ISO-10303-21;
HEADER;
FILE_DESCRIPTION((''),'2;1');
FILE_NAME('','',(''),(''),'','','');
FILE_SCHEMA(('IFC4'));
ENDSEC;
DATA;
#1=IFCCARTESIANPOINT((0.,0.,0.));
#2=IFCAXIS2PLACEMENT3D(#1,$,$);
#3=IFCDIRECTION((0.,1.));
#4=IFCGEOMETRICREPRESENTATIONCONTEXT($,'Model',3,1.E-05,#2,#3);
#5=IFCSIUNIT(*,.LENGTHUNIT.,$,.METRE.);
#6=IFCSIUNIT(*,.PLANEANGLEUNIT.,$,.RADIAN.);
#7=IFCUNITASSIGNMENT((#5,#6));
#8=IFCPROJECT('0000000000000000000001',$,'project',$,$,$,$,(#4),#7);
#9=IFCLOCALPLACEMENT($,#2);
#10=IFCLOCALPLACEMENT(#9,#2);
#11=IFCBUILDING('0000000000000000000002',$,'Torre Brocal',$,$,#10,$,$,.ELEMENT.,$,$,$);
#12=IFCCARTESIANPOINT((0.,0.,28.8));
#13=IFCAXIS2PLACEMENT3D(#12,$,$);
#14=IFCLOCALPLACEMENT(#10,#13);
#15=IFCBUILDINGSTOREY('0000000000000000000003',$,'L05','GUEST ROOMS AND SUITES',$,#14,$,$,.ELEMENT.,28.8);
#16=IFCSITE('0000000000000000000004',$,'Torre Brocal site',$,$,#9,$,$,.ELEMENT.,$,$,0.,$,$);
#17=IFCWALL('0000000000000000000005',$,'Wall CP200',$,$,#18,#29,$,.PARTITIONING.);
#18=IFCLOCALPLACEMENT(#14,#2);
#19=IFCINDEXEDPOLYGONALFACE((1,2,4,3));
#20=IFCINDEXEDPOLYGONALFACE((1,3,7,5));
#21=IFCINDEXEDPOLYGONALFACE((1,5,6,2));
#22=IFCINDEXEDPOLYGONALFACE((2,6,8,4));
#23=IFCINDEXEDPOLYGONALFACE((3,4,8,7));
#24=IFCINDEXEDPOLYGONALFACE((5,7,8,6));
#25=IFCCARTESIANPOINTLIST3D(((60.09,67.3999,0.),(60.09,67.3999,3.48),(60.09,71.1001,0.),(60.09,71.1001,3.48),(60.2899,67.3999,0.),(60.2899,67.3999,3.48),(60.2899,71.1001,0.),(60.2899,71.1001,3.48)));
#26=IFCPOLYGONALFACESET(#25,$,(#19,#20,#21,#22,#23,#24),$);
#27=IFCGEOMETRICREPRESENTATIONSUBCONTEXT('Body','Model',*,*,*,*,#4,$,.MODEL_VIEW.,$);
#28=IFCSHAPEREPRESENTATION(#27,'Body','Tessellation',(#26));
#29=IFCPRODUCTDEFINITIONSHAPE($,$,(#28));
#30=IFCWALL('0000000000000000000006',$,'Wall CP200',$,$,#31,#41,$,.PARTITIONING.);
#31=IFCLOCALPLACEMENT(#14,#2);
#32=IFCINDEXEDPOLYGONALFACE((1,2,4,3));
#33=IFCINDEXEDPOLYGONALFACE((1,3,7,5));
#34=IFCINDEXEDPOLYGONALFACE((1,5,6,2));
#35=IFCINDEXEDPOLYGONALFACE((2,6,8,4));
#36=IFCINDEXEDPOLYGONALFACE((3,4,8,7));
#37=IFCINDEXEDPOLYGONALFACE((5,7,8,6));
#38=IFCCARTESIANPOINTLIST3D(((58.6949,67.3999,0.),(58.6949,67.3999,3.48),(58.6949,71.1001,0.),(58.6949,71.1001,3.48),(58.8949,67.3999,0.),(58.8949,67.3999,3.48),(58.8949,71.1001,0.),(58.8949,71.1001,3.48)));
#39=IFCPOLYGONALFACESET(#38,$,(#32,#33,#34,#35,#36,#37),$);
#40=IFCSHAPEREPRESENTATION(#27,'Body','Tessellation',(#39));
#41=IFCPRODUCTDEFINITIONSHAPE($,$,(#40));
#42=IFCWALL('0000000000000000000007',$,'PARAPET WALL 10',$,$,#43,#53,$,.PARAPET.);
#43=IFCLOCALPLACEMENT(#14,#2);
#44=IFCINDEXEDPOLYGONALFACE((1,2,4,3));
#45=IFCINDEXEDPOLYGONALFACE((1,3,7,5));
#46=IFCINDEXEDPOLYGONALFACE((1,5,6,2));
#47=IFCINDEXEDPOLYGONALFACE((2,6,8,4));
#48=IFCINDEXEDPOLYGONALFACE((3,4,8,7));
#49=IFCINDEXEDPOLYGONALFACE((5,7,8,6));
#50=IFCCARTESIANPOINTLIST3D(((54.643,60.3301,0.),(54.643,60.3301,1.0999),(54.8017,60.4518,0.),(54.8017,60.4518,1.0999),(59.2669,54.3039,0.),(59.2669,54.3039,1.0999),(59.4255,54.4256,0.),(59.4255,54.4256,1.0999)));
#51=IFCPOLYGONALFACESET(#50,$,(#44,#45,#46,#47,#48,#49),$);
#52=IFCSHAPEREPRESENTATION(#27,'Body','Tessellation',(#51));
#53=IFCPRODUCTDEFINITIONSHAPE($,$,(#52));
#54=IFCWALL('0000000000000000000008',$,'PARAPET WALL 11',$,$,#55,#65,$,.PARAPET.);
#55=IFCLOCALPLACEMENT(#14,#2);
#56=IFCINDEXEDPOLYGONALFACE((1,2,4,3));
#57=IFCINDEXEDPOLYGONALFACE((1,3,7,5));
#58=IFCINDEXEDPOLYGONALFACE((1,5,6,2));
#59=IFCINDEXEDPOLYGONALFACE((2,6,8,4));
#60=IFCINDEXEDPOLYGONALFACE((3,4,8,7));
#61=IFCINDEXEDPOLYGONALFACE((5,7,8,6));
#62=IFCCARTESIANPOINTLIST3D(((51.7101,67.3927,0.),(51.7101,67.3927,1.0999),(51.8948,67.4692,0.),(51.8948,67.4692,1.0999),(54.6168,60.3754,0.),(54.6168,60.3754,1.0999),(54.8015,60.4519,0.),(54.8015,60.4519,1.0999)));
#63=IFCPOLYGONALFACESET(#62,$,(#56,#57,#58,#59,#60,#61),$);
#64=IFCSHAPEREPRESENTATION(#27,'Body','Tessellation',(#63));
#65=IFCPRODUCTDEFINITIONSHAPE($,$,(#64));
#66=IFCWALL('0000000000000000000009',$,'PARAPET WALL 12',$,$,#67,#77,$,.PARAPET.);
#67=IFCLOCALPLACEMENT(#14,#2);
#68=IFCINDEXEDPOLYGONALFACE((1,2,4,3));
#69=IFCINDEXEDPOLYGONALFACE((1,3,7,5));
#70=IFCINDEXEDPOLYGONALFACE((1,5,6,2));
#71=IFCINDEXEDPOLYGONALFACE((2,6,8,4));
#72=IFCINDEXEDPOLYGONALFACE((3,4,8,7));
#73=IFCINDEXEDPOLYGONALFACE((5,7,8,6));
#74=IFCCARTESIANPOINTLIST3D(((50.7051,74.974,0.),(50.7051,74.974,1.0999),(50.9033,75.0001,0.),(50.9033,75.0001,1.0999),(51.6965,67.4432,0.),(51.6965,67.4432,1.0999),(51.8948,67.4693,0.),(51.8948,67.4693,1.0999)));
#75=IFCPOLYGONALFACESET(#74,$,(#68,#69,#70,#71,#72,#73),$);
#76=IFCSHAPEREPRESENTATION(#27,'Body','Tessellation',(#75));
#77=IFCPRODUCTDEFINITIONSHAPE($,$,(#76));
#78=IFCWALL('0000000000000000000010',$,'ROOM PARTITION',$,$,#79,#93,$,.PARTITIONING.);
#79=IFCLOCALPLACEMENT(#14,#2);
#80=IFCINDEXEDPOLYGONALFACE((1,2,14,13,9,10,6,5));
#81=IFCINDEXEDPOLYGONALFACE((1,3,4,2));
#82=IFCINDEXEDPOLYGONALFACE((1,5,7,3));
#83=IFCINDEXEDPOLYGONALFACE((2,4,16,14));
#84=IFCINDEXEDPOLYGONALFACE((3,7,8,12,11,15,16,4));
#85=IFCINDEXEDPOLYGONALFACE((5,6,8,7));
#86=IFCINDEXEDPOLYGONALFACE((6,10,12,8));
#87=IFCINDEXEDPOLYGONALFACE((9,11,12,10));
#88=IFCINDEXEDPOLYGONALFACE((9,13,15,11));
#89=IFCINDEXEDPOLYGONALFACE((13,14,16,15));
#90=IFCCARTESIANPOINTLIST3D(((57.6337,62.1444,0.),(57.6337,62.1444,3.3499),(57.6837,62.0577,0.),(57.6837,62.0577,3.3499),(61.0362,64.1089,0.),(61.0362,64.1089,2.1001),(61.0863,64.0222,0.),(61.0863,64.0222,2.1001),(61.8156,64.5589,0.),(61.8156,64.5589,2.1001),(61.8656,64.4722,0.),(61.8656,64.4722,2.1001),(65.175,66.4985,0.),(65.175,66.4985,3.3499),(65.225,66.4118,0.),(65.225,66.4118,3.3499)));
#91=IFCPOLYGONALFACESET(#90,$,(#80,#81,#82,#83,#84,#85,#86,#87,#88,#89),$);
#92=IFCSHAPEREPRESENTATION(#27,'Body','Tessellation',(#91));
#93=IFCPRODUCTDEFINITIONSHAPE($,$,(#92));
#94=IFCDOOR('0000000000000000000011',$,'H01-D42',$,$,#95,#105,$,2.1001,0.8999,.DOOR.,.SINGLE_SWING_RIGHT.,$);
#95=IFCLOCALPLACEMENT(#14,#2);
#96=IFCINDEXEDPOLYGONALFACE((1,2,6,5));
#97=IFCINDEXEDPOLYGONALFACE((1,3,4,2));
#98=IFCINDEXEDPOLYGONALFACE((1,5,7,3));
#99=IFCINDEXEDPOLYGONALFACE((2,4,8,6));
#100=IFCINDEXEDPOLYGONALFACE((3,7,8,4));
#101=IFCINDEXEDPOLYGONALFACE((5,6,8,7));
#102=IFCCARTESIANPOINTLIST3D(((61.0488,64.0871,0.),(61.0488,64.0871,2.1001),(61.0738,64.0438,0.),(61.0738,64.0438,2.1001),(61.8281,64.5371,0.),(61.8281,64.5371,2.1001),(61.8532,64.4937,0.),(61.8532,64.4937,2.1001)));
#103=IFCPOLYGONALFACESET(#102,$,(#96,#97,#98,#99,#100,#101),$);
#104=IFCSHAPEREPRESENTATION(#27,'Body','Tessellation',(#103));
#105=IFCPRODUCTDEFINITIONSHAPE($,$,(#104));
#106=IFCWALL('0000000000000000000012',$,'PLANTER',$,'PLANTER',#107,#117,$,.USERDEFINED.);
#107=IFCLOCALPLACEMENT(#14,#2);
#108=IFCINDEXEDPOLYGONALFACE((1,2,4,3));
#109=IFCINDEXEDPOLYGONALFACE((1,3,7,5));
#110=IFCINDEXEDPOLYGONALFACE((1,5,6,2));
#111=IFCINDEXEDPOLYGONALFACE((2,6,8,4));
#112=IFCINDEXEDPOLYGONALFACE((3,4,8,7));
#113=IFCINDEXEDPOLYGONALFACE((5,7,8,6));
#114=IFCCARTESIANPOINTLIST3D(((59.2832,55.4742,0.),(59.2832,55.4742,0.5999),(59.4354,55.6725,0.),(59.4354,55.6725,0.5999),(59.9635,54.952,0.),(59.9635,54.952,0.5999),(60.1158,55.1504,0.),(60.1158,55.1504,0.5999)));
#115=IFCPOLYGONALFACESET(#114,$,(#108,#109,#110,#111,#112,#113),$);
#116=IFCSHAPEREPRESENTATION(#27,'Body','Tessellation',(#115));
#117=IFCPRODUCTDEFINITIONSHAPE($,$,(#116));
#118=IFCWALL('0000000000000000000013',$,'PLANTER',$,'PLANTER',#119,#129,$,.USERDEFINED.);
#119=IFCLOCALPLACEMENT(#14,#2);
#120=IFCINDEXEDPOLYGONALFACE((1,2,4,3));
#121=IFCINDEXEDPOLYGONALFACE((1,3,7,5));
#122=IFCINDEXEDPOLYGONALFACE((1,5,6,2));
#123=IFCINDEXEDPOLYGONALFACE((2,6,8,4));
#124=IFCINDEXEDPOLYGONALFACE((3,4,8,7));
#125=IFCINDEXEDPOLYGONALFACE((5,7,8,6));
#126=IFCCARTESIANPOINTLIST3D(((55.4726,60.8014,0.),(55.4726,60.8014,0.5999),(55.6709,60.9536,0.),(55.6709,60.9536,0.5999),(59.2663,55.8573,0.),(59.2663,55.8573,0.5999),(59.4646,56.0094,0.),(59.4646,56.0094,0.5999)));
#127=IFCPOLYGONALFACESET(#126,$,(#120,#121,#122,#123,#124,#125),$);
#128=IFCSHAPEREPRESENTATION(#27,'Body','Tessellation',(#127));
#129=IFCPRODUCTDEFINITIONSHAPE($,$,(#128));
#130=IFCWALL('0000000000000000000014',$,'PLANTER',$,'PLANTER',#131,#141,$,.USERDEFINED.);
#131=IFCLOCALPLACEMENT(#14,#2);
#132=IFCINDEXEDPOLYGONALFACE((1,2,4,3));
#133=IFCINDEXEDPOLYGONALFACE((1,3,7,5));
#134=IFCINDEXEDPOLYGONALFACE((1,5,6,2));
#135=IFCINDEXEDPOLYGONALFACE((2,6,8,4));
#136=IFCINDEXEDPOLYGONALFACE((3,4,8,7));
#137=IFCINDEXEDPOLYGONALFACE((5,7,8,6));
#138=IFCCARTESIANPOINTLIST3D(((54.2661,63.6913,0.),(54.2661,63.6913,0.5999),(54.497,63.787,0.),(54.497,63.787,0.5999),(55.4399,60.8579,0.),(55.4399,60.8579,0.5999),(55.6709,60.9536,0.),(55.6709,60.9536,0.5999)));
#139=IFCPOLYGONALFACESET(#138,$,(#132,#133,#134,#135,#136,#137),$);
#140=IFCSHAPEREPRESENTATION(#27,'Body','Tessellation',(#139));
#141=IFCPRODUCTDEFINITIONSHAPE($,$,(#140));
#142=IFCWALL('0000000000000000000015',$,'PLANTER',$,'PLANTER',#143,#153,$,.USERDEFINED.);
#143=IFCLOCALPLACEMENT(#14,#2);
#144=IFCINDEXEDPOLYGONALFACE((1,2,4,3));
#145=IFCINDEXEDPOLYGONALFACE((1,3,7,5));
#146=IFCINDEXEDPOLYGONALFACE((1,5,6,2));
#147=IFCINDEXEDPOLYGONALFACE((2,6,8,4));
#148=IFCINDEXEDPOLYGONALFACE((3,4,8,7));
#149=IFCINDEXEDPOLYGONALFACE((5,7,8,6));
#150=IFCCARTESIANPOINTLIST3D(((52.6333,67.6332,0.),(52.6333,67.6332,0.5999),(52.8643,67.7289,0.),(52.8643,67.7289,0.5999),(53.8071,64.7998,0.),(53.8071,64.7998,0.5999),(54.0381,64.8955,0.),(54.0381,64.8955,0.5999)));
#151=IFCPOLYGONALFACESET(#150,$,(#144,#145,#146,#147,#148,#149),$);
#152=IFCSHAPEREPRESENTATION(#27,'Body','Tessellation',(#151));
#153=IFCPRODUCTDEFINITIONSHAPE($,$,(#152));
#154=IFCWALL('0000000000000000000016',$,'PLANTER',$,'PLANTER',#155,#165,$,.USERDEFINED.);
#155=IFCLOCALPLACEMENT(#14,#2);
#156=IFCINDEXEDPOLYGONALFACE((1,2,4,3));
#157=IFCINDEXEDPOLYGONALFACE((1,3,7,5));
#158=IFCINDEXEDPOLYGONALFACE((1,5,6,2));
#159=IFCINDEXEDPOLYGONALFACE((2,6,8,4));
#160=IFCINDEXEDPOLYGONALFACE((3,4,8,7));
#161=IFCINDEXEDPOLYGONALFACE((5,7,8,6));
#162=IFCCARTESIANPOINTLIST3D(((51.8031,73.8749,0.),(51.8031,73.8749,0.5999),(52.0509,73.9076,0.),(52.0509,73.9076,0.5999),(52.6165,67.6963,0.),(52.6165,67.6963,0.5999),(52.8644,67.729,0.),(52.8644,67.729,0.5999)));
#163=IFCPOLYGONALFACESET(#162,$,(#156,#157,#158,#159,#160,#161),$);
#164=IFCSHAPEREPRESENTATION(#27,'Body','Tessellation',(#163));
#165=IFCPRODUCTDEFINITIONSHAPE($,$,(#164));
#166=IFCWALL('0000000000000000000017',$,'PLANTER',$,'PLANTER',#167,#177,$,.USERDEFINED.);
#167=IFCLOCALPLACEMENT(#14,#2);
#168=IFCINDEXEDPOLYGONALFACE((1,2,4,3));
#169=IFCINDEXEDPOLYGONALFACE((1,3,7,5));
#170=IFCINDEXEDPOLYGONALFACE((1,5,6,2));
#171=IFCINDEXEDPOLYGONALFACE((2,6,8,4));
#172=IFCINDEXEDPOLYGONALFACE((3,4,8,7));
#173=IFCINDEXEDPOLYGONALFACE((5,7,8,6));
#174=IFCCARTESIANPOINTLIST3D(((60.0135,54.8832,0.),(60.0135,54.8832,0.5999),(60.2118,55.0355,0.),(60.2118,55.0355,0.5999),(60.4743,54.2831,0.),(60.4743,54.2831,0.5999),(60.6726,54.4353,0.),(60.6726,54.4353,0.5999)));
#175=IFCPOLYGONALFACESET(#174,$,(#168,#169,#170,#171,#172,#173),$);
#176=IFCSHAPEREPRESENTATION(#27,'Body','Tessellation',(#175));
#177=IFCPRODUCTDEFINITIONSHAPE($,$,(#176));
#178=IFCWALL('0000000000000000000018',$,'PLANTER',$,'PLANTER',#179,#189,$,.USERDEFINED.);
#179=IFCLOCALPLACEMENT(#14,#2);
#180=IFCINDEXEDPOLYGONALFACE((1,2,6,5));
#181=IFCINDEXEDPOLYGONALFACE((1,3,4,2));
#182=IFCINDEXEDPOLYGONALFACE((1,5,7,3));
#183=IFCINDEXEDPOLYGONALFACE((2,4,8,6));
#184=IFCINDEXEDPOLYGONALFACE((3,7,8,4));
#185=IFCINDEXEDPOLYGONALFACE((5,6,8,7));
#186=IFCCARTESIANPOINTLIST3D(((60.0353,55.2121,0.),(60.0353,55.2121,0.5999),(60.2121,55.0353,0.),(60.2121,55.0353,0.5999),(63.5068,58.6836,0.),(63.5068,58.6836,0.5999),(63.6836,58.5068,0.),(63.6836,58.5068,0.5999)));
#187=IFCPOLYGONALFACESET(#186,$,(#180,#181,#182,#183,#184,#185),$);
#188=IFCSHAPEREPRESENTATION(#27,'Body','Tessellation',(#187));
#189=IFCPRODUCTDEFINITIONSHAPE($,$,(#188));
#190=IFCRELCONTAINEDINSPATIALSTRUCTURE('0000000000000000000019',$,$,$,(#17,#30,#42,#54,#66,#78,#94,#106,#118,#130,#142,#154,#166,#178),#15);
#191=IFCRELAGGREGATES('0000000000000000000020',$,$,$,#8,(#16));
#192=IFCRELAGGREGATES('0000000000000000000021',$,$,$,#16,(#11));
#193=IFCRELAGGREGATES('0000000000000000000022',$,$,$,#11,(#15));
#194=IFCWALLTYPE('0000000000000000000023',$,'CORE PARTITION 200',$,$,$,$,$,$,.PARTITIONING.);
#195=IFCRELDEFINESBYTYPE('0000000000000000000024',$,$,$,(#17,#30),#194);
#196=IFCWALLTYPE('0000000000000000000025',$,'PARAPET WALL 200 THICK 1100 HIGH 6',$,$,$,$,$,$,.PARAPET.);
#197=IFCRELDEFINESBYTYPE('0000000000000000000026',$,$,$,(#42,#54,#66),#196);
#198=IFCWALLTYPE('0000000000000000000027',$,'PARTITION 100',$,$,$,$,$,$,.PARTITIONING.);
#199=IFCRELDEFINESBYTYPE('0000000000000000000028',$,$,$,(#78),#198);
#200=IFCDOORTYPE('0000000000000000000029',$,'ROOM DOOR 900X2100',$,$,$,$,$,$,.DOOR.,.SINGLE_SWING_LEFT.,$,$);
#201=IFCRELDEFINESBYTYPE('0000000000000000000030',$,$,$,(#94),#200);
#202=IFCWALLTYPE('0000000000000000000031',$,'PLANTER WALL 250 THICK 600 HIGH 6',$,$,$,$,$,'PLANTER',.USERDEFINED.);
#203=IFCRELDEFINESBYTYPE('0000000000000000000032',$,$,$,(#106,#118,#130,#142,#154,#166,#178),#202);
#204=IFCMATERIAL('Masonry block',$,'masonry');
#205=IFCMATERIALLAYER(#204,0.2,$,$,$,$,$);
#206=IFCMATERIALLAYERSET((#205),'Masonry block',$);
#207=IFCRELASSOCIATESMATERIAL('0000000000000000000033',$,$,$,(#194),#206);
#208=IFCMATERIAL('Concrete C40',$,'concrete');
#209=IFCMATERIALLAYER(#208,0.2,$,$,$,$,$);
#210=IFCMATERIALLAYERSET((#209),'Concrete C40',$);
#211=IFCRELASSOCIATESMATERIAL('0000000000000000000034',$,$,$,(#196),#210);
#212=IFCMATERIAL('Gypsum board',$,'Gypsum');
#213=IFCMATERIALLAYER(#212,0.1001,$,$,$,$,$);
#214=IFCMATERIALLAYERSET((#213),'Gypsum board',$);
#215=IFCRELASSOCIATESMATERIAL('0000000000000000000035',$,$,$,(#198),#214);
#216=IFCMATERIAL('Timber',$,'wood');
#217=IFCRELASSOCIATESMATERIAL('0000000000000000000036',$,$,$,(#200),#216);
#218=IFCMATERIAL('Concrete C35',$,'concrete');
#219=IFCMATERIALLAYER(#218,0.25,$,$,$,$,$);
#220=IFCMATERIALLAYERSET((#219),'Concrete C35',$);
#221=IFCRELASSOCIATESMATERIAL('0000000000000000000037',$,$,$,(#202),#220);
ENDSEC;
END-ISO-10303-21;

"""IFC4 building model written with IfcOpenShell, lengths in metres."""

from ifc_helpers import new_model, si_unit, direction, frame, frame_2d, origin, place, context, subcontext, project, spatial, rectangle, extrude, material, layer, layer_set, type_object, element, fill, save


model = new_model("IFC4")

# Units and contexts
model_context = context("Model", 3, precision=1e-05, world=origin(), true_north=direction((0.0, 1.0)))
body_context = subcontext(model_context, "Body", "Model", "MODEL_VIEW")
ifc_project = project(units=[si_unit("LENGTHUNIT", "METRE"), si_unit("PLANEANGLEUNIT", "RADIAN")], contexts=[model_context])

# Site, building, storey
site_placement = place(None, origin())
site = spatial("IfcSite", under=ifc_project, at=site_placement, Name="Torre Brocal site", CompositionType="ELEMENT", RefElevation=0.0)
building_placement = place(site_placement, origin())
building = spatial("IfcBuilding", under=site, at=building_placement, Name="Torre Brocal", CompositionType="ELEMENT")
storey_placement = place(building_placement, frame((0.0, 0.0, 28.8)))
storey = spatial("IfcBuildingStorey", under=building, at=storey_placement, Name="L05", Description="GUEST ROOMS AND SUITES", CompositionType="ELEMENT", Elevation=28.8)

# Walls
ifc_material_1 = material(Name="Masonry block", Category="masonry")
ifc_layer_1 = layer(ifc_material_1, 0.2)
ifc_layer_set_1 = layer_set([ifc_layer_1], Name="Masonry block")
wall_type_1 = type_object("IfcWallType", Name="CORE PARTITION 200", PredefinedType="PARTITIONING", material=ifc_layer_set_1)
for number, where, z_axis, x_axis, name in (
    (1, (60.1899, 71.1001, 0.0), (0.0, 0.0, 1.0), (0.0, -1.0, 0.0), "Wall CP200"),
    (2, (58.7949, 71.1001, 0.0), (0.0, 0.0, 1.0), (0.0, -1.0, 0.0), "Wall CP200"),
):
    element("IfcWall", number, at=place(storey_placement, frame(where, z_axis=z_axis, x_axis=x_axis)), inside=storey, type_object=wall_type_1, Name=name, PredefinedType="PARTITIONING", context=body_context, shape_type="SweptSolid", body=[
        extrude(rectangle(XDim=3.7002, YDim=0.2, at=frame_2d((1.8501, 0.0))), origin(), (0.0, 0.0, 1.0), 3.48),
    ])

# Walls
ifc_material_2 = material(Name="Concrete C40", Category="concrete")
ifc_layer_2 = layer(ifc_material_2, 0.2)
ifc_layer_set_2 = layer_set([ifc_layer_2], Name="Concrete C40")
wall_type_2 = type_object("IfcWallType", Name="PARAPET WALL 200 THICK 1100 HIGH 6", PredefinedType="PARAPET", material=ifc_layer_set_2)
wall_1_placement = place(storey_placement, frame((59.3462, 54.3647, 0.0), z_axis=(0.0, 0.0, 1.0), x_axis=(-0.608743, 0.793368, 0.0)))
element("IfcWall", 3, at=wall_1_placement, inside=storey, type_object=wall_type_2, Name="PARAPET WALL 10", PredefinedType="PARAPET", context=body_context, shape_type="SweptSolid", body=[
    extrude(rectangle(XDim=7.5957, YDim=0.2, at=frame_2d((3.7979, 0.0))), origin(), (0.0, 0.0, 1.0), 1.0999),
])
wall_2_placement = place(storey_placement, frame((54.7092, 60.4136, 0.0), z_axis=(0.0, 0.0, 1.0), x_axis=(-0.382691, 0.923877, 0.0)))
element("IfcWall", 4, at=wall_2_placement, inside=storey, type_object=wall_type_2, Name="PARAPET WALL 11", PredefinedType="PARAPET", context=body_context, shape_type="SweptSolid", body=[
    extrude(rectangle(XDim=7.5955, YDim=0.2, at=frame_2d((3.7979, 0.0))), origin(), (0.0, 0.0, 1.0), 1.0999),
])
wall_3_placement = place(storey_placement, frame((51.7957, 67.4563, 0.0), z_axis=(0.0, 0.0, 1.0), x_axis=(-0.130528, 0.991445, 0.0)))
element("IfcWall", 5, at=wall_3_placement, inside=storey, type_object=wall_type_2, Name="PARAPET WALL 12", PredefinedType="PARAPET", context=body_context, shape_type="SweptSolid", body=[
    extrude(rectangle(XDim=7.5957, YDim=0.2, at=frame_2d((3.7979, 0.0))), origin(), (0.0, 0.0, 1.0), 1.0999),
])

# Wall, opening, door
ifc_material_3 = material(Name="Gypsum board", Category="Gypsum")
ifc_layer_3 = layer(ifc_material_3, 0.1001)
ifc_layer_set_3 = layer_set([ifc_layer_3], Name="Gypsum board")
wall_type_3 = type_object("IfcWallType", Name="PARTITION 100", PredefinedType="PARTITIONING", material=ifc_layer_set_3)
wall_4_placement = place(storey_placement, frame((57.6587, 62.1011, 0.0), z_axis=(0.0, 0.0, 1.0), x_axis=(0.866023, 0.500005, 0.0)))
wall_4 = element("IfcWall", 6, at=wall_4_placement, inside=storey, type_object=wall_type_3, Name="ROOM PARTITION", PredefinedType="PARTITIONING", context=body_context, shape_type="SweptSolid", body=[
    extrude(rectangle(XDim=8.708, YDim=0.1001, at=frame_2d((4.354, 0.0))), origin(), (0.0, 0.0, 1.0), 3.3499),
])
opening_1_placement = place(wall_4_placement, frame((3.929, 0.0, 0.0)))
opening_1 = element("IfcOpeningElement", 7, at=opening_1_placement, cuts=wall_4, PredefinedType="OPENING", context=body_context, shape_type="SweptSolid", body=[
    extrude(rectangle(XDim=0.8999, YDim=2.1001, at=frame_2d((0.45, 1.05))), frame((0.0, 0.0601, 0.0), z_axis=(0.0, -1.0, 0.0), x_axis=(1.0, 0.0, 0.0)), (0.0, 0.0, 1.0), 0.1201),
])
ifc_material_4 = material(Name="Timber", Category="wood")
door_type_1 = type_object("IfcDoorType", Name="ROOM DOOR 900X2100", OperationType="SINGLE_SWING_LEFT", PredefinedType="DOOR", material=ifc_material_4)
door_1_placement = place(opening_1_placement, origin())
door_1 = element("IfcDoor", 8, at=door_1_placement, inside=storey, type_object=door_type_1, Name="H01-D42", OperationType="SINGLE_SWING_RIGHT", OverallHeight=2.1001, OverallWidth=0.8999, PredefinedType="DOOR", context=body_context, shape_type="SweptSolid", body=[
    extrude(rectangle(XDim=0.8999, YDim=2.1001, at=frame_2d((0.45, 1.05))), frame((0.0, 0.0249, 0.0), z_axis=(0.0, -1.0, 0.0), x_axis=(1.0, 0.0, 0.0)), (0.0, 0.0, 1.0), 0.05),
])
fill(opening_1, door_1)

# Walls
ifc_material_5 = material(Name="Concrete C35", Category="concrete")
ifc_layer_4 = layer(ifc_material_5, 0.25)
ifc_layer_set_4 = layer_set([ifc_layer_4], Name="Concrete C35")
wall_type_4 = type_object("IfcWallType", Name="PLANTER WALL 250 THICK 600 HIGH 6", ElementType="PLANTER", PredefinedType="USERDEFINED", material=ifc_layer_set_4)
wall_5_placement = place(storey_placement, frame((60.0396, 55.0513, 0.0), z_axis=(0.0, 0.0, 1.0), x_axis=(-0.79329, 0.608844, 0.0)))
element("IfcWall", 9, at=wall_5_placement, inside=storey, type_object=wall_type_4, Name="PLANTER", ObjectType="PLANTER", PredefinedType="USERDEFINED", context=body_context, shape_type="SweptSolid", body=[
    extrude(rectangle(XDim=0.8577, YDim=0.25, at=frame_2d((0.4287, 0.0))), origin(), (0.0, 0.0, 1.0), 0.5999),
])
wall_6_placement = place(storey_placement, frame((59.3655, 55.9333, 0.0), z_axis=(0.0, 0.0, 1.0), x_axis=(-0.608758, 0.793356, 0.0)))
element("IfcWall", 10, at=wall_6_placement, inside=storey, type_object=wall_type_4, Name="PLANTER", ObjectType="PLANTER", PredefinedType="USERDEFINED", context=body_context, shape_type="SweptSolid", body=[
    extrude(rectangle(XDim=6.2319, YDim=0.25, at=frame_2d((3.116, 0.0))), origin(), (0.0, 0.0, 1.0), 0.5999),
])
for number, where, z_axis, x_axis, name in (
    (11, (55.5554, 60.9058, 0.0), (0.0, 0.0, 1.0), (-0.382755, 0.92385, 0.0), "PLANTER"),
    (12, (53.9226, 64.8477, 0.0), (0.0, 0.0, 1.0), (-0.382727, 0.923862, 0.0), "PLANTER"),
):
    element("IfcWall", number, at=place(storey_placement, frame(where, z_axis=z_axis, x_axis=x_axis)), inside=storey, type_object=wall_type_4, Name=name, ObjectType="PLANTER", PredefinedType="USERDEFINED", context=body_context, shape_type="SweptSolid", body=[
        extrude(rectangle(XDim=3.0669, YDim=0.25, at=frame_2d((1.5334, 0.0))), origin(), (0.0, 0.0, 1.0), 0.5999),
    ])
wall_7_placement = place(storey_placement, frame((52.7405, 67.7126, 0.0), z_axis=(0.0, 0.0, 1.0), x_axis=(-0.130532, 0.991444, 0.0)))
element("IfcWall", 13, at=wall_7_placement, inside=storey, type_object=wall_type_4, Name="PLANTER", ObjectType="PLANTER", PredefinedType="USERDEFINED", context=body_context, shape_type="SweptSolid", body=[
    extrude(rectangle(XDim=6.2319, YDim=0.25, at=frame_2d((3.116, 0.0))), origin(), (0.0, 0.0, 1.0), 0.5999),
])
wall_8_placement = place(storey_placement, frame((60.5735, 54.3591, 0.0), z_axis=(0.0, 0.0, 1.0), x_axis=(-0.608946, 0.793211, 0.0)))
element("IfcWall", 14, at=wall_8_placement, inside=storey, type_object=wall_type_4, Name="PLANTER", ObjectType="PLANTER", PredefinedType="USERDEFINED", context=body_context, shape_type="SweptSolid", body=[
    extrude(rectangle(XDim=0.7566, YDim=0.25, at=frame_2d((0.3784, 0.0))), origin(), (0.0, 0.0, 1.0), 0.5999),
])
wall_9_placement = place(storey_placement, frame((60.1238, 55.1238, 0.0), z_axis=(0.0, 0.0, 1.0), x_axis=(0.707107, 0.707107, 0.0)))
element("IfcWall", 15, at=wall_9_placement, inside=storey, type_object=wall_type_4, Name="PLANTER", ObjectType="PLANTER", PredefinedType="USERDEFINED", context=body_context, shape_type="SweptSolid", body=[
    extrude(rectangle(XDim=4.9094, YDim=0.25, at=frame_2d((2.4546, 0.0))), origin(), (0.0, 0.0, 1.0), 0.5999),
])

save(model, "model.ifc")
